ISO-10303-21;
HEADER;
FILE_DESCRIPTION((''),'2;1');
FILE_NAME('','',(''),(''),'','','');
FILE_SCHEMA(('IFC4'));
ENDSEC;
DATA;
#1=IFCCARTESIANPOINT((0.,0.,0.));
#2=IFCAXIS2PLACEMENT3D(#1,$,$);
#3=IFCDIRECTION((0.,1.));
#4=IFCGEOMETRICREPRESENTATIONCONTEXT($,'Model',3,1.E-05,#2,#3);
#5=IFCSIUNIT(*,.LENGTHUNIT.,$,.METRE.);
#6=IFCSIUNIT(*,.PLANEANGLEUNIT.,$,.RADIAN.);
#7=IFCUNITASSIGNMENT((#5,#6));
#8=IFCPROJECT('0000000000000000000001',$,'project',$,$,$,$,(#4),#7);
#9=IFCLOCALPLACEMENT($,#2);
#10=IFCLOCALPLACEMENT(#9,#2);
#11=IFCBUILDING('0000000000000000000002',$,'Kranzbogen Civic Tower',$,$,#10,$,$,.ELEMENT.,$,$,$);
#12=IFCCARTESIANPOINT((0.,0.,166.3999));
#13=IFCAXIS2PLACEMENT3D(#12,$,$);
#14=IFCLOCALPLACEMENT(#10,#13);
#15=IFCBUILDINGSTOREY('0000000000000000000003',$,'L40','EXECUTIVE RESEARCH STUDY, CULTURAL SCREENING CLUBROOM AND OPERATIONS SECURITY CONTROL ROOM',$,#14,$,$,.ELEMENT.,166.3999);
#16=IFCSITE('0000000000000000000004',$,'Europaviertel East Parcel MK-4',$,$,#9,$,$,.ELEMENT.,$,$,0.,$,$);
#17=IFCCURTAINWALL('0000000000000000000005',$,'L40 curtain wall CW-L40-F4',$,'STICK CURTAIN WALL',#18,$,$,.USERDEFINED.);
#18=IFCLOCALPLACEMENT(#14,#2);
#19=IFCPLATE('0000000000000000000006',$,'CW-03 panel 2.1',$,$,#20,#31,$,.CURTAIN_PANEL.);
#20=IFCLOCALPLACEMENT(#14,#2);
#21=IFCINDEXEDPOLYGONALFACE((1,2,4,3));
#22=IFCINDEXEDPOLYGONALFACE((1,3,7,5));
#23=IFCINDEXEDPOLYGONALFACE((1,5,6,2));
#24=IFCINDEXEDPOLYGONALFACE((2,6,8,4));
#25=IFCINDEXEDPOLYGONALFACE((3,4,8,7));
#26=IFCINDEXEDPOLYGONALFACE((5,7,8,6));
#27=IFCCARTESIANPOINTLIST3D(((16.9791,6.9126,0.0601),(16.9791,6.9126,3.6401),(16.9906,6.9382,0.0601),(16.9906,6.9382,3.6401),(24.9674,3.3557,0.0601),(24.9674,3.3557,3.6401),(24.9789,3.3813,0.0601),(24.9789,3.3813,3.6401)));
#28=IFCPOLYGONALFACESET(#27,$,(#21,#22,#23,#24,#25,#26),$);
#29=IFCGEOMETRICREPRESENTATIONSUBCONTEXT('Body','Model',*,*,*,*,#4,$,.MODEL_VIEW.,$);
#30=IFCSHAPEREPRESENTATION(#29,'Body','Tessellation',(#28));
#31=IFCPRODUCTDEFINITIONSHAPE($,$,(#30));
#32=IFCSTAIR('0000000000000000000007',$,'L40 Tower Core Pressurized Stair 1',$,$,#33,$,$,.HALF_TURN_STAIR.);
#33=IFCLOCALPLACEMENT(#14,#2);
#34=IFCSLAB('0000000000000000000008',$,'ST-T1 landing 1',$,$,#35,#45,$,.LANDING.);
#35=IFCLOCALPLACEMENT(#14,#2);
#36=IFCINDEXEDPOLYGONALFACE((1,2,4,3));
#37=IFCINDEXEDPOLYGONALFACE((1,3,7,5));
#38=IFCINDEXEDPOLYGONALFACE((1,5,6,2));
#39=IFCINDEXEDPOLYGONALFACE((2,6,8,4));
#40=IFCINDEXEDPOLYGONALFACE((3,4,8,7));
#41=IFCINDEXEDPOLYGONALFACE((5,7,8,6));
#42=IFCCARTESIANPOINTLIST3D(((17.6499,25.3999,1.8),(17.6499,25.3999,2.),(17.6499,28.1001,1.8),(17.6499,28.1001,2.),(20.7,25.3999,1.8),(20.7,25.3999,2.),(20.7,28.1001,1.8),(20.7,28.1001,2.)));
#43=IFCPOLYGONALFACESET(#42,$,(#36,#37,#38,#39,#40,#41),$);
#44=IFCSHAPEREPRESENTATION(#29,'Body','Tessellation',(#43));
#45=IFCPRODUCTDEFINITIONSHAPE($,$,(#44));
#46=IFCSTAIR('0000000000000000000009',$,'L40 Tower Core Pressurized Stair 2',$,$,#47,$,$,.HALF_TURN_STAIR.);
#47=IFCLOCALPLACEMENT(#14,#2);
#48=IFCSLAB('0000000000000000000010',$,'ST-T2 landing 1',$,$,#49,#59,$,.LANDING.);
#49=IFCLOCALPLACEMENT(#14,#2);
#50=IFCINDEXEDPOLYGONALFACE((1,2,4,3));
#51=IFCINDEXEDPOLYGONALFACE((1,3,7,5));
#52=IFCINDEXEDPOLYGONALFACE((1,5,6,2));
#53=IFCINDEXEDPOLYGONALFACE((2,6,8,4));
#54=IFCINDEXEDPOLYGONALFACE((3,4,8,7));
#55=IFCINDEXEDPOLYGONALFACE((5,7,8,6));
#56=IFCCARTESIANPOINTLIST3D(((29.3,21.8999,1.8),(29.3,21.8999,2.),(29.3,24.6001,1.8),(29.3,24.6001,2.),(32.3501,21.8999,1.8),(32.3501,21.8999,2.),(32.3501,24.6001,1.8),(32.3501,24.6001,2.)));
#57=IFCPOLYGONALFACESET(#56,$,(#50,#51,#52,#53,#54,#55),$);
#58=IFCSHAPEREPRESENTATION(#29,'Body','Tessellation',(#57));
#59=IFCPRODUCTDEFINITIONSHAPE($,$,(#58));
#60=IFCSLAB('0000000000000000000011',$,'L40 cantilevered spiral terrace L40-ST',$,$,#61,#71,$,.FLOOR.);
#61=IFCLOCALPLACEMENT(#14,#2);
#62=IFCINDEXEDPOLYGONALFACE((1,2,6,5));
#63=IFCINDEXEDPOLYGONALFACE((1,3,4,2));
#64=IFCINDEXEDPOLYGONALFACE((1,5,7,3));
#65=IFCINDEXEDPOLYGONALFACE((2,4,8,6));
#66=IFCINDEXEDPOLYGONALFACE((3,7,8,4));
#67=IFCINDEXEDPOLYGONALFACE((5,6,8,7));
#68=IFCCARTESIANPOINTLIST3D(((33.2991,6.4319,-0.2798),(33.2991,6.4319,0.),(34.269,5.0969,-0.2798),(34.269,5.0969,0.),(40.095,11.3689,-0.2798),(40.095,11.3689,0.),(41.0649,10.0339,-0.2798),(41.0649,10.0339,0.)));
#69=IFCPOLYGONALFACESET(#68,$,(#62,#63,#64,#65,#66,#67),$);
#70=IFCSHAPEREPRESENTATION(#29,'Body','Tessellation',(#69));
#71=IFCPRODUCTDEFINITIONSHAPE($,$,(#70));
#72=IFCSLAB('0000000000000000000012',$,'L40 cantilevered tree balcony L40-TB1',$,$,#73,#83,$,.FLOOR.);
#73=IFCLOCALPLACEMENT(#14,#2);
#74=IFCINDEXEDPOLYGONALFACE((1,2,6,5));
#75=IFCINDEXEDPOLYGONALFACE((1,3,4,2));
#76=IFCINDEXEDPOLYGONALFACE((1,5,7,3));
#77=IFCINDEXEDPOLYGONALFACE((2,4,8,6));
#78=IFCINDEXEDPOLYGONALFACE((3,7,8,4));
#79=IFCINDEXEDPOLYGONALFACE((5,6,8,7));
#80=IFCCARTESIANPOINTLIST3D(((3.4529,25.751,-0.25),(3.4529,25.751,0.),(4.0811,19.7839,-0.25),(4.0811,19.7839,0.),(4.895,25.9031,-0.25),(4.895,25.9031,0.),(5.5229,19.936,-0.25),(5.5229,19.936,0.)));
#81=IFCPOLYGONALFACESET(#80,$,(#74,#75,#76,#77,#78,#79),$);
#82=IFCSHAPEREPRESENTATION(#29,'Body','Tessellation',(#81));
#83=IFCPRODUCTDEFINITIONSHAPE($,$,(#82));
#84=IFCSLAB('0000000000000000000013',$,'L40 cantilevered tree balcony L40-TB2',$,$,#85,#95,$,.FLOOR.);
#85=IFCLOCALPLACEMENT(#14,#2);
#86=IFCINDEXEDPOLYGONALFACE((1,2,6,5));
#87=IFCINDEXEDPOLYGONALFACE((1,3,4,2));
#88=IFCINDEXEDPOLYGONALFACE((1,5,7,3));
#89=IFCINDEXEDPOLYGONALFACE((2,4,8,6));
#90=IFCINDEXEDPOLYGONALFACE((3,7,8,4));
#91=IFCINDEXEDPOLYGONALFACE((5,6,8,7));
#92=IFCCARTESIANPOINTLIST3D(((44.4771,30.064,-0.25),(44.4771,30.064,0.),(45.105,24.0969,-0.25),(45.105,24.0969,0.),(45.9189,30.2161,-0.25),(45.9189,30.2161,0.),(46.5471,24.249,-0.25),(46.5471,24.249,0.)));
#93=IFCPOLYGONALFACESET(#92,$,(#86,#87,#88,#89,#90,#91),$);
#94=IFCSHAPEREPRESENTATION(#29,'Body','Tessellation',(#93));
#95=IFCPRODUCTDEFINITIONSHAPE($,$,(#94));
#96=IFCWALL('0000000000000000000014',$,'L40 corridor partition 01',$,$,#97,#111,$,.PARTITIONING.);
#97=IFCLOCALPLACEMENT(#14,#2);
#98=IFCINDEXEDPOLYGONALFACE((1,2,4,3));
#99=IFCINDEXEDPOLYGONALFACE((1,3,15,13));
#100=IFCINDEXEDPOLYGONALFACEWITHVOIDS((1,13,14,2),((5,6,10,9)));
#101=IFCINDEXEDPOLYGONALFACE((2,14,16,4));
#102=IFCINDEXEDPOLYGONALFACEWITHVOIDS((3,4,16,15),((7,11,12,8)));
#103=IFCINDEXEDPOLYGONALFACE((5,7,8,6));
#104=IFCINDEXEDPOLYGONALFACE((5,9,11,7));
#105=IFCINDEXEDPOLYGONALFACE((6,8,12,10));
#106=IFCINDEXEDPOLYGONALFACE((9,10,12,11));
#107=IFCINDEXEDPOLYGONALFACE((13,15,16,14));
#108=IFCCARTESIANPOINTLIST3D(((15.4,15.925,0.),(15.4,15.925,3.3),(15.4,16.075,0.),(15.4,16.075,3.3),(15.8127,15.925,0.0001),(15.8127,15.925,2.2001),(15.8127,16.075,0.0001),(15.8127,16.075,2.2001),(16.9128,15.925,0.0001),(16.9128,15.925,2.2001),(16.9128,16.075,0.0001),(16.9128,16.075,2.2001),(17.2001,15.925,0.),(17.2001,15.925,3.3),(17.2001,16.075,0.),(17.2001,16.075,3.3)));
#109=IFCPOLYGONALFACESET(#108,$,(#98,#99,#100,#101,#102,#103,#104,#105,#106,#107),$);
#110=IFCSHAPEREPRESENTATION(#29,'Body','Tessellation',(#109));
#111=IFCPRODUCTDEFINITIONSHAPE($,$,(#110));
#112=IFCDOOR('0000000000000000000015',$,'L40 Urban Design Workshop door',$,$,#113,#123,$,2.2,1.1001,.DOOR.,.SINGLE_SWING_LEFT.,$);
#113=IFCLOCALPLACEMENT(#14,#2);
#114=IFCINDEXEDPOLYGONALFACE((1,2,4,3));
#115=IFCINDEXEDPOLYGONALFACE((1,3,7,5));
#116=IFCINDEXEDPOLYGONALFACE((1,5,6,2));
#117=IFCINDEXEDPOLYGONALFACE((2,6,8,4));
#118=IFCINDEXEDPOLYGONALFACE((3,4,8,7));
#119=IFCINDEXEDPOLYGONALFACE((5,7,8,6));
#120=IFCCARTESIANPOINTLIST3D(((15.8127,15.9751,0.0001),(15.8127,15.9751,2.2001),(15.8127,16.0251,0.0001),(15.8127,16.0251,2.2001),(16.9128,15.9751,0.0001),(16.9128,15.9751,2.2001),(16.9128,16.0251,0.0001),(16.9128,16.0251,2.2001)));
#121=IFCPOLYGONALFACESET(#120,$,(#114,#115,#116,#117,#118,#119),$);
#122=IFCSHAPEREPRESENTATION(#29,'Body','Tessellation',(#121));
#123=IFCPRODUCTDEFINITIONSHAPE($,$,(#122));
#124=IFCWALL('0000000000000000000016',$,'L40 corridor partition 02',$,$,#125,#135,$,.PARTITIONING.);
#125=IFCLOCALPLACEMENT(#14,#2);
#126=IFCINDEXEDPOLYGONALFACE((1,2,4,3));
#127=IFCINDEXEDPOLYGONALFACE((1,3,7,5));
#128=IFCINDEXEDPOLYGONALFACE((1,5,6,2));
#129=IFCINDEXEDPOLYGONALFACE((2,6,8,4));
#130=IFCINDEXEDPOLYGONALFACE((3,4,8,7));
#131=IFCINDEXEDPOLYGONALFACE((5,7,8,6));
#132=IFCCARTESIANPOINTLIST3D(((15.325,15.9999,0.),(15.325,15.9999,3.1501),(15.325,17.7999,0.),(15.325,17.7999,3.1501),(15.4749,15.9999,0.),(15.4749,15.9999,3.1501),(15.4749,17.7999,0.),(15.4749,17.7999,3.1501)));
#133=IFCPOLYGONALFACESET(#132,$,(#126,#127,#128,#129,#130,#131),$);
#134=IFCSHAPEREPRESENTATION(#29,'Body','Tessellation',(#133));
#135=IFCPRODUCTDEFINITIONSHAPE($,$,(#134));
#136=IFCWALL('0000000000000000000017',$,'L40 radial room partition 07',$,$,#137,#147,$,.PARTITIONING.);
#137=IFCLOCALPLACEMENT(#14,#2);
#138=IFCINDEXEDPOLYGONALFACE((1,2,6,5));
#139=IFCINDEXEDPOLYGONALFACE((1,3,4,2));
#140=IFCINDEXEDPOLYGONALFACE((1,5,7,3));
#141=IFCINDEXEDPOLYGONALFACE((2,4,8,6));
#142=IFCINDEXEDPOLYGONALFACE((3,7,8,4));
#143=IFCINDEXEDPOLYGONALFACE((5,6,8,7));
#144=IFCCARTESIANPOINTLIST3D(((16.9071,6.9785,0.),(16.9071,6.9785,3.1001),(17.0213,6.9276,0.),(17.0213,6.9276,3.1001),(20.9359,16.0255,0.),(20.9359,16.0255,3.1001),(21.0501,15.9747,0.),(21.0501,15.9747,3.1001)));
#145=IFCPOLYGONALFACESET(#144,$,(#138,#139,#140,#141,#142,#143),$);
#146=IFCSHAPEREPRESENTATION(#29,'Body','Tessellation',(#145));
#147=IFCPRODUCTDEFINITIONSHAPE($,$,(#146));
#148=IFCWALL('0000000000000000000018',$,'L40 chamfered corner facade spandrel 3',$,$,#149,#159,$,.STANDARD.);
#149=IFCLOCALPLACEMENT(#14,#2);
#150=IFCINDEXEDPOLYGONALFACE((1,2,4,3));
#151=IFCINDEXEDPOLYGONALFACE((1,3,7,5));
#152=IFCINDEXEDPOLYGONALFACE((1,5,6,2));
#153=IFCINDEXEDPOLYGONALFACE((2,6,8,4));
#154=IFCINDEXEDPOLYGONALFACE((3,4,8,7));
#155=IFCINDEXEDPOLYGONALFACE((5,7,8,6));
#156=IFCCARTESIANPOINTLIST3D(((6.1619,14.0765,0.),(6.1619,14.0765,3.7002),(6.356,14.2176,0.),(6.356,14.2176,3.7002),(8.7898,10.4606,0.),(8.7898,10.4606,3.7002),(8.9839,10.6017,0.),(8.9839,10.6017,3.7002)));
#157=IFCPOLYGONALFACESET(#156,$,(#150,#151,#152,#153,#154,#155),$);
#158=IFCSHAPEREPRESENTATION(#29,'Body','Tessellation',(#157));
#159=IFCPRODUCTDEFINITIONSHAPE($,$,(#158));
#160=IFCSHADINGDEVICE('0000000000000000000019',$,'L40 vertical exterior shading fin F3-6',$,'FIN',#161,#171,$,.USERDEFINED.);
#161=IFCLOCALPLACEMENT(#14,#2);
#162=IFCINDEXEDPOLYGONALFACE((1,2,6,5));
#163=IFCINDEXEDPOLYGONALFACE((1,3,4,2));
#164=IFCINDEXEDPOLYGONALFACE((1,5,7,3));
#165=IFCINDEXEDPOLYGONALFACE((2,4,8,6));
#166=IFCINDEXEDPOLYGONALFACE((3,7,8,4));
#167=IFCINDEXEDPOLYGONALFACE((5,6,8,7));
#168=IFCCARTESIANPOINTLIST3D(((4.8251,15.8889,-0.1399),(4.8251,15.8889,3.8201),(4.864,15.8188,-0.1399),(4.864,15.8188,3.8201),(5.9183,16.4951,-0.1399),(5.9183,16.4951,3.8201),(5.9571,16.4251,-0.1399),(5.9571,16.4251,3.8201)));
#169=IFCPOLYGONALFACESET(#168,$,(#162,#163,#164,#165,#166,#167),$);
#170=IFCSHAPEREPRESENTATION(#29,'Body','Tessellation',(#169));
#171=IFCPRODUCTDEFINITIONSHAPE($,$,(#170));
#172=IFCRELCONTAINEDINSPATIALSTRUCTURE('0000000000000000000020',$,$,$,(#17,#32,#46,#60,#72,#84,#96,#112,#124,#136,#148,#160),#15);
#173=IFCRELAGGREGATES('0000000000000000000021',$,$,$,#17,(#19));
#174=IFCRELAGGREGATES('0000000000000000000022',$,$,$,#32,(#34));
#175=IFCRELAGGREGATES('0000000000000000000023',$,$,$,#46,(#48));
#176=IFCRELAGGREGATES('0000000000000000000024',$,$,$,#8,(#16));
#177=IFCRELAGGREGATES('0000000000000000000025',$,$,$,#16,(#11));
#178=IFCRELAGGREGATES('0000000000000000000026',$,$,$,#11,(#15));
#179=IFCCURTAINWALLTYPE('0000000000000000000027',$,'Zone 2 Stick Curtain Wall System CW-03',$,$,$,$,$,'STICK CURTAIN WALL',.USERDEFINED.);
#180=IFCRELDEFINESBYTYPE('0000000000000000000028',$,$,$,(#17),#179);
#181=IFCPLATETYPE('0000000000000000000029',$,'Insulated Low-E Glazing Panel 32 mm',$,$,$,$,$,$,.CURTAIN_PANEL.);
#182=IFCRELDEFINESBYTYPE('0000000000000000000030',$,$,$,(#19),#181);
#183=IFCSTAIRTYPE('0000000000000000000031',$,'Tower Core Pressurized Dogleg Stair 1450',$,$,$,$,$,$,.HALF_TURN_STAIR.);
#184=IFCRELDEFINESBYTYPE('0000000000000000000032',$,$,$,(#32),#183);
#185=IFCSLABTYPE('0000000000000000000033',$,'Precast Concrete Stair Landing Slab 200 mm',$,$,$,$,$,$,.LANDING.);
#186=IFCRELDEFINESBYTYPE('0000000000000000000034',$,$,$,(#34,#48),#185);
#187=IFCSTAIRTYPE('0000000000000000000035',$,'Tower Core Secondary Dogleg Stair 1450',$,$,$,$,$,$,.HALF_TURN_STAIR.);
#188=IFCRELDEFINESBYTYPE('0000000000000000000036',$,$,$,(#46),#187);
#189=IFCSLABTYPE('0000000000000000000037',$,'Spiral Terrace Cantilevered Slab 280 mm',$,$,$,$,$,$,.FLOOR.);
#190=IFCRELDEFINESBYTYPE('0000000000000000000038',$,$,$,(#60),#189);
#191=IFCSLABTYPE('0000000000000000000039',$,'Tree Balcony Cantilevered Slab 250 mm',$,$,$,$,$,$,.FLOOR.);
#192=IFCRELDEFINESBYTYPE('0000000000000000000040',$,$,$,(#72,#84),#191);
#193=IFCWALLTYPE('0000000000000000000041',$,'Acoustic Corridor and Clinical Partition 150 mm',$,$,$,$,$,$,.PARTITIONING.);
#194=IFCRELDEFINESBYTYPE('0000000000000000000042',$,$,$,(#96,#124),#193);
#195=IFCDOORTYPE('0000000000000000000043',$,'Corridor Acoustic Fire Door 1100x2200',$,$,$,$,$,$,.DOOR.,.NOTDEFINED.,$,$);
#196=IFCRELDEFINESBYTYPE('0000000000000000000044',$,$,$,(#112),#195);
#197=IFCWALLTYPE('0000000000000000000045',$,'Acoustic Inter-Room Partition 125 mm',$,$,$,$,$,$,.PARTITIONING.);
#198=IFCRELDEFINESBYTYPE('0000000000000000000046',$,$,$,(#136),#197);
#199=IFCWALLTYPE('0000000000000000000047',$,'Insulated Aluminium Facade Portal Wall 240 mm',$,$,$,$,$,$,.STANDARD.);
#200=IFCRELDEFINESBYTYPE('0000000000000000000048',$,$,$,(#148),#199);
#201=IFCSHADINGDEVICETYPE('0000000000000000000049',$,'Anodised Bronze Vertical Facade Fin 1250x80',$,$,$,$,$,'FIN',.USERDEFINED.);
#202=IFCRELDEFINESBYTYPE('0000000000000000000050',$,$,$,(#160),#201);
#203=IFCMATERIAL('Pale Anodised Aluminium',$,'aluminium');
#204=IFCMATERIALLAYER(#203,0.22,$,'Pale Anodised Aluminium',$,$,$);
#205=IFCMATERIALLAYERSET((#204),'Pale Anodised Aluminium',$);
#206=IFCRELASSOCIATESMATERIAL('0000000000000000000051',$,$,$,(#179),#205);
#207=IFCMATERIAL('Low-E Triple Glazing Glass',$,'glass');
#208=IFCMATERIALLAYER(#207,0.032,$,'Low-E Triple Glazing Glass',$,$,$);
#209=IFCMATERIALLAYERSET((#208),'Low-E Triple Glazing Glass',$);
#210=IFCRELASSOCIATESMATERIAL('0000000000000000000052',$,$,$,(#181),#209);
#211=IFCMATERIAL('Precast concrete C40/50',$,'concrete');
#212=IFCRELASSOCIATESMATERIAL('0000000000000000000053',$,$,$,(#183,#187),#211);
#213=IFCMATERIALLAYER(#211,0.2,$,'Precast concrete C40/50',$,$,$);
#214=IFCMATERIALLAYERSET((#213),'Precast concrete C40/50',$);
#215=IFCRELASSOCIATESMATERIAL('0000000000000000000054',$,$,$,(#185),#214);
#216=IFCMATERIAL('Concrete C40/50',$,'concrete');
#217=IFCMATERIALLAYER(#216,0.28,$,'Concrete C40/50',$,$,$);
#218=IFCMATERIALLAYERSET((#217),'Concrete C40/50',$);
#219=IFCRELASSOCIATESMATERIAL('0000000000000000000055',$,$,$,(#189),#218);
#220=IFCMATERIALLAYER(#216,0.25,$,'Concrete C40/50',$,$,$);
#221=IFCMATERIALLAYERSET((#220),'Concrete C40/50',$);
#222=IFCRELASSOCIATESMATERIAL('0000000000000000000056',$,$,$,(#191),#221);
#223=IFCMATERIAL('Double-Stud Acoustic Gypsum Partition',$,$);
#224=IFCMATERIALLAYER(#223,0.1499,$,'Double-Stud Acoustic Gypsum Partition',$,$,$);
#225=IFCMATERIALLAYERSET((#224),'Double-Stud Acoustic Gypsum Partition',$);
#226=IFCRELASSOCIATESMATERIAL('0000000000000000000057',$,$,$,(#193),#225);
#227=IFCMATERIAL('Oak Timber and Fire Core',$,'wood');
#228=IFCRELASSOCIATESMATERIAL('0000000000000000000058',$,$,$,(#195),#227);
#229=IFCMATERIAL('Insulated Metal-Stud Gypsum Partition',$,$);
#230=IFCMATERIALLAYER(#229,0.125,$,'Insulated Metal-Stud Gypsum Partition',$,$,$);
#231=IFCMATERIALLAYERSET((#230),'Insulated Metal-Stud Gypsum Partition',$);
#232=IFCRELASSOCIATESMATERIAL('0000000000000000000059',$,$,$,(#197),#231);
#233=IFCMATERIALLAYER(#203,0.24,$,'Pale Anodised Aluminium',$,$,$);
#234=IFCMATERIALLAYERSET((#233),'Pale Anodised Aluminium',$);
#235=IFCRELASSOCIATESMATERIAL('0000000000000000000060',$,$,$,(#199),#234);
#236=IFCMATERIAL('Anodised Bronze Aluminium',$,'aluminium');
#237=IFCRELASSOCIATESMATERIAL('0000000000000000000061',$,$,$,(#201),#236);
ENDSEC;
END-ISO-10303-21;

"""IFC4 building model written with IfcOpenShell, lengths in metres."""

from ifc_helpers import new_model, si_unit, direction, frame, frame_2d, origin, origin_2d, place, context, subcontext, project, spatial, polyline, rectangle, outline, extrude, material, layer, layer_set, type_object, element, fill, aggregate, save


model = new_model("IFC4")

# Units and contexts
model_context = context("Model", 3, precision=1e-05, world=origin(), true_north=direction((0.0, 1.0)))
body_context = subcontext(model_context, "Body", "Model", "MODEL_VIEW")
ifc_project = project(units=[si_unit("LENGTHUNIT", "METRE"), si_unit("PLANEANGLEUNIT", "RADIAN")], contexts=[model_context])

# Site, building, storey
site_placement = place(None, origin())
site = spatial("IfcSite", under=ifc_project, at=site_placement, Name="Europaviertel East Parcel MK-4", CompositionType="ELEMENT", RefElevation=0.0)
building_placement = place(site_placement, origin())
building = spatial("IfcBuilding", under=site, at=building_placement, Name="Kranzbogen Civic Tower", CompositionType="ELEMENT")
storey_placement = place(building_placement, frame((0.0, 0.0, 166.3999)))
storey = spatial("IfcBuildingStorey", under=building, at=storey_placement, Name="L40", Description="EXECUTIVE RESEARCH STUDY, CULTURAL SCREENING CLUBROOM AND OPERATIONS SECURITY CONTROL ROOM", CompositionType="ELEMENT", Elevation=166.3999)

# Shared definitions
ifc_material_1 = material(Name="Pale Anodised Aluminium", Category="aluminium")
ifc_layer_1 = layer(ifc_material_1, 0.22, Name="Pale Anodised Aluminium")
ifc_layer_set_1 = layer_set([ifc_layer_1], Name="Pale Anodised Aluminium")
curtain_wall_type = type_object("IfcCurtainWallType", Name="Zone 2 Stick Curtain Wall System CW-03", ElementType="STICK CURTAIN WALL", PredefinedType="USERDEFINED", material=ifc_layer_set_1)

# Curtain wall
curtain_wall_1_placement = place(storey_placement, origin())
curtain_wall_1 = element("IfcCurtainWall", 1, at=curtain_wall_1_placement, inside=storey, type_object=curtain_wall_type, Name="L40 curtain wall CW-L40-F4", ObjectType="STICK CURTAIN WALL", PredefinedType="USERDEFINED")

# Shared definitions
ifc_material_2 = material(Name="Concrete C40/50", Category="concrete")

# Plate
ifc_material_3 = material(Name="Low-E Triple Glazing Glass", Category="glass")
ifc_layer_2 = layer(ifc_material_3, 0.032, Name="Low-E Triple Glazing Glass")
ifc_layer_set_2 = layer_set([ifc_layer_2], Name="Low-E Triple Glazing Glass")
plate_type = type_object("IfcPlateType", Name="Insulated Low-E Glazing Panel 32 mm", PredefinedType="CURTAIN_PANEL", material=ifc_layer_set_2)
plate_1_placement = place(storey_placement, frame((20.979, 5.147, 0.0601), z_axis=(0.0, 0.0, 1.0), x_axis=(0.913534, -0.406763, 0.0)))
plate_1 = element("IfcPlate", 2, at=plate_1_placement, type_object=plate_type, Name="CW-03 panel 2.1", PredefinedType="CURTAIN_PANEL", context=body_context, shape_type="SweptSolid", body=[
    extrude(rectangle(XDim=8.7444, YDim=0.0281, at=origin_2d()), origin(), (0.0, 0.0, 1.0), 3.5801),
])
aggregate(curtain_wall_1, [plate_1])

# Stairs, slabs
ifc_material_4 = material(Name="Precast concrete C40/50", Category="concrete")
stair_type_1 = type_object("IfcStairType", Name="Tower Core Pressurized Dogleg Stair 1450", PredefinedType="HALF_TURN_STAIR", material=ifc_material_4)
stair_1_placement = place(storey_placement, origin())
stair_1 = element("IfcStair", 3, at=stair_1_placement, inside=storey, type_object=stair_type_1, Name="L40 Tower Core Pressurized Stair 1", PredefinedType="HALF_TURN_STAIR")
ifc_layer_3 = layer(ifc_material_4, 0.2, Name="Precast concrete C40/50")
ifc_layer_set_3 = layer_set([ifc_layer_3], Name="Precast concrete C40/50")
slab_type_1 = type_object("IfcSlabType", Name="Precast Concrete Stair Landing Slab 200 mm", PredefinedType="LANDING", material=ifc_layer_set_3)
slab_1_placement = place(storey_placement, frame((0.0, 0.0, 1.8)))
slab_1 = element("IfcSlab", 4, at=slab_1_placement, type_object=slab_type_1, Name="ST-T1 landing 1", PredefinedType="LANDING", context=body_context, shape_type="SweptSolid", body=[
    extrude(outline(polyline([(20.7, 25.3999), (20.7, 28.1001), (17.6499, 28.1001), (17.6499, 25.3999), (20.7, 25.3999)])), origin(), (0.0, 0.0, 1.0), 0.2),
])
aggregate(stair_1, [slab_1])
stair_type_2 = type_object("IfcStairType", Name="Tower Core Secondary Dogleg Stair 1450", PredefinedType="HALF_TURN_STAIR", material=ifc_material_4)
stair_2_placement = place(storey_placement, origin())
stair_2 = element("IfcStair", 5, at=stair_2_placement, inside=storey, type_object=stair_type_2, Name="L40 Tower Core Pressurized Stair 2", PredefinedType="HALF_TURN_STAIR")
slab_2_placement = place(storey_placement, frame((0.0, 0.0, 1.8)))
slab_2 = element("IfcSlab", 6, at=slab_2_placement, type_object=slab_type_1, Name="ST-T2 landing 1", PredefinedType="LANDING", context=body_context, shape_type="SweptSolid", body=[
    extrude(outline(polyline([(29.3, 24.6001), (29.3, 21.8999), (32.3501, 21.8999), (32.3501, 24.6001), (29.3, 24.6001)])), origin(), (0.0, 0.0, 1.0), 0.2),
])
aggregate(stair_2, [slab_2])

# Slabs
ifc_layer_4 = layer(ifc_material_2, 0.28, Name="Concrete C40/50")
ifc_layer_set_4 = layer_set([ifc_layer_4], Name="Concrete C40/50")
slab_type_2 = type_object("IfcSlabType", Name="Spiral Terrace Cantilevered Slab 280 mm", PredefinedType="FLOOR", material=ifc_layer_set_4)
slab_3_placement = place(storey_placement, frame((0.0, 0.0, -0.2798)))
element("IfcSlab", 7, at=slab_3_placement, inside=storey, type_object=slab_type_2, Name="L40 cantilevered spiral terrace L40-ST", PredefinedType="FLOOR", context=body_context, shape_type="SweptSolid", body=[
    extrude(outline(polyline([(33.2991, 6.4319), (40.095, 11.3689), (41.0649, 10.0339), (34.269, 5.0969), (33.2991, 6.4319)])), origin(), (0.0, 0.0, 1.0), 0.2798),
])
ifc_layer_5 = layer(ifc_material_2, 0.25, Name="Concrete C40/50")
ifc_layer_set_5 = layer_set([ifc_layer_5], Name="Concrete C40/50")
slab_type_3 = type_object("IfcSlabType", Name="Tree Balcony Cantilevered Slab 250 mm", PredefinedType="FLOOR", material=ifc_layer_set_5)
slab_4_placement = place(storey_placement, frame((0.0, 0.0, -0.25)))
element("IfcSlab", 8, at=slab_4_placement, inside=storey, type_object=slab_type_3, Name="L40 cantilevered tree balcony L40-TB1", PredefinedType="FLOOR", context=body_context, shape_type="SweptSolid", body=[
    extrude(outline(polyline([(4.895, 25.9031), (5.5229, 19.936), (4.0811, 19.7839), (3.4529, 25.751), (4.895, 25.9031)])), origin(), (0.0, 0.0, 1.0), 0.25),
])
slab_5_placement = place(storey_placement, frame((0.0, 0.0, -0.25)))
element("IfcSlab", 9, at=slab_5_placement, inside=storey, type_object=slab_type_3, Name="L40 cantilevered tree balcony L40-TB2", PredefinedType="FLOOR", context=body_context, shape_type="SweptSolid", body=[
    extrude(outline(polyline([(45.105, 24.0969), (44.4771, 30.064), (45.9189, 30.2161), (46.5471, 24.249), (45.105, 24.0969)])), origin(), (0.0, 0.0, 1.0), 0.25),
])

# Wall, opening, door
ifc_material_5 = material(Name="Double-Stud Acoustic Gypsum Partition")
ifc_layer_6 = layer(ifc_material_5, 0.1499, Name="Double-Stud Acoustic Gypsum Partition")
ifc_layer_set_6 = layer_set([ifc_layer_6], Name="Double-Stud Acoustic Gypsum Partition")
wall_type_1 = type_object("IfcWallType", Name="Acoustic Corridor and Clinical Partition 150 mm", PredefinedType="PARTITIONING", material=ifc_layer_set_6)
wall_1_placement = place(storey_placement, frame((17.2, 16.0, 0.0), z_axis=(0.0, 0.0, 1.0), x_axis=(-1.0, 0.0, 0.0)))
wall_1 = element("IfcWall", 10, at=wall_1_placement, inside=storey, type_object=wall_type_1, Name="L40 corridor partition 01", PredefinedType="PARTITIONING", context=body_context, shape_type="SweptSolid", body=[
    extrude(rectangle(XDim=1.8, YDim=0.1499, at=frame_2d((0.8999, 0.0))), origin(), (0.0, 0.0, 1.0), 3.3),
])
opening_placement = place(wall_1_placement, frame((0.2871, 0.0, 0.0)))
opening = element("IfcOpeningElement", 11, at=opening_placement, cuts=wall_1, PredefinedType="OPENING", context=body_context, shape_type="SweptSolid", body=[
    extrude(rectangle(XDim=1.1001, YDim=2.2, at=frame_2d((0.55, 1.1001))), frame((0.0, 0.085, 0.0), z_axis=(0.0, -1.0, 0.0), x_axis=(1.0, 0.0, 0.0)), (0.0, 0.0, 1.0), 0.1699),
])
ifc_material_6 = material(Name="Oak Timber and Fire Core", Category="wood")
door_type = type_object("IfcDoorType", Name="Corridor Acoustic Fire Door 1100x2200", OperationType="NOTDEFINED", PredefinedType="DOOR", material=ifc_material_6)
door_placement = place(opening_placement, origin())
door = element("IfcDoor", 12, at=door_placement, inside=storey, type_object=door_type, Name="L40 Urban Design Workshop door", OperationType="SINGLE_SWING_LEFT", OverallHeight=2.2, OverallWidth=1.1001, PredefinedType="DOOR", context=body_context, shape_type="SweptSolid", body=[
    extrude(rectangle(XDim=1.1001, YDim=2.2, at=frame_2d((0.55, 1.1001))), frame((0.0, 0.0249, 0.0), z_axis=(0.0, -1.0, 0.0), x_axis=(1.0, 0.0, 0.0)), (0.0, 0.0, 1.0), 0.05),
])
fill(opening, door)

# Walls
wall_2_placement = place(storey_placement, frame((15.3999, 16.0, 0.0), z_axis=(0.0, 0.0, 1.0), x_axis=(0.0, 1.0, 0.0)))
element("IfcWall", 13, at=wall_2_placement, inside=storey, type_object=wall_type_1, Name="L40 corridor partition 02", PredefinedType="PARTITIONING", context=body_context, shape_type="SweptSolid", body=[
    extrude(rectangle(XDim=1.8, YDim=0.1499, at=frame_2d((0.8999, 0.0))), origin(), (0.0, 0.0, 1.0), 3.1501),
])
ifc_material_7 = material(Name="Insulated Metal-Stud Gypsum Partition")
ifc_layer_7 = layer(ifc_material_7, 0.125, Name="Insulated Metal-Stud Gypsum Partition")
ifc_layer_set_7 = layer_set([ifc_layer_7], Name="Insulated Metal-Stud Gypsum Partition")
wall_type_2 = type_object("IfcWallType", Name="Acoustic Inter-Room Partition 125 mm", PredefinedType="PARTITIONING", material=ifc_layer_set_7)
wall_3_placement = place(storey_placement, frame((20.9929, 16.0, 0.0), z_axis=(0.0, 0.0, 1.0), x_axis=(-0.406802, -0.913517, 0.0)))
element("IfcWall", 14, at=wall_3_placement, inside=storey, type_object=wall_type_2, Name="L40 radial room partition 07", PredefinedType="PARTITIONING", context=body_context, shape_type="SweptSolid", body=[
    extrude(rectangle(XDim=9.9036, YDim=0.125, at=frame_2d((4.9517, 0.0))), origin(), (0.0, 0.0, 1.0), 3.1001),
])
ifc_layer_8 = layer(ifc_material_1, 0.24, Name="Pale Anodised Aluminium")
ifc_layer_set_8 = layer_set([ifc_layer_8], Name="Pale Anodised Aluminium")
wall_type_3 = type_object("IfcWallType", Name="Insulated Aluminium Facade Portal Wall 240 mm", PredefinedType="STANDARD", material=ifc_layer_set_8)
wall_4_placement = place(storey_placement, frame((6.259, 14.147, 0.0), z_axis=(0.0, 0.0, 1.0), x_axis=(0.587899, -0.808934, 0.0)))
element("IfcWall", 15, at=wall_4_placement, inside=storey, type_object=wall_type_3, Name="L40 chamfered corner facade spandrel 3", PredefinedType="STANDARD", context=body_context, shape_type="SweptSolid", body=[
    extrude(rectangle(XDim=4.47, YDim=0.24, at=frame_2d((2.2349, 0.0))), origin(), (0.0, 0.0, 1.0), 3.7002),
])

# Shading device
ifc_material_8 = material(Name="Anodised Bronze Aluminium", Category="aluminium")
shading_device_type = type_object("IfcShadingDeviceType", Name="Anodised Bronze Vertical Facade Fin 1250x80", ElementType="FIN", PredefinedType="USERDEFINED", material=ifc_material_8)
shading_device_placement = place(storey_placement, frame((5.3911, 16.157, -0.1399), z_axis=(0.0, 0.0, 1.0), x_axis=(-0.874501, -0.485023, 0.0)))
element("IfcShadingDevice", 16, at=shading_device_placement, inside=storey, type_object=shading_device_type, Name="L40 vertical exterior shading fin F3-6", ObjectType="FIN", PredefinedType="USERDEFINED", context=body_context, shape_type="SweptSolid", body=[
    extrude(rectangle(XDim=1.25, YDim=0.0801, at=origin_2d()), origin(), (0.0, 0.0, 1.0), 3.96),
])

save(model, "model.ifc")
